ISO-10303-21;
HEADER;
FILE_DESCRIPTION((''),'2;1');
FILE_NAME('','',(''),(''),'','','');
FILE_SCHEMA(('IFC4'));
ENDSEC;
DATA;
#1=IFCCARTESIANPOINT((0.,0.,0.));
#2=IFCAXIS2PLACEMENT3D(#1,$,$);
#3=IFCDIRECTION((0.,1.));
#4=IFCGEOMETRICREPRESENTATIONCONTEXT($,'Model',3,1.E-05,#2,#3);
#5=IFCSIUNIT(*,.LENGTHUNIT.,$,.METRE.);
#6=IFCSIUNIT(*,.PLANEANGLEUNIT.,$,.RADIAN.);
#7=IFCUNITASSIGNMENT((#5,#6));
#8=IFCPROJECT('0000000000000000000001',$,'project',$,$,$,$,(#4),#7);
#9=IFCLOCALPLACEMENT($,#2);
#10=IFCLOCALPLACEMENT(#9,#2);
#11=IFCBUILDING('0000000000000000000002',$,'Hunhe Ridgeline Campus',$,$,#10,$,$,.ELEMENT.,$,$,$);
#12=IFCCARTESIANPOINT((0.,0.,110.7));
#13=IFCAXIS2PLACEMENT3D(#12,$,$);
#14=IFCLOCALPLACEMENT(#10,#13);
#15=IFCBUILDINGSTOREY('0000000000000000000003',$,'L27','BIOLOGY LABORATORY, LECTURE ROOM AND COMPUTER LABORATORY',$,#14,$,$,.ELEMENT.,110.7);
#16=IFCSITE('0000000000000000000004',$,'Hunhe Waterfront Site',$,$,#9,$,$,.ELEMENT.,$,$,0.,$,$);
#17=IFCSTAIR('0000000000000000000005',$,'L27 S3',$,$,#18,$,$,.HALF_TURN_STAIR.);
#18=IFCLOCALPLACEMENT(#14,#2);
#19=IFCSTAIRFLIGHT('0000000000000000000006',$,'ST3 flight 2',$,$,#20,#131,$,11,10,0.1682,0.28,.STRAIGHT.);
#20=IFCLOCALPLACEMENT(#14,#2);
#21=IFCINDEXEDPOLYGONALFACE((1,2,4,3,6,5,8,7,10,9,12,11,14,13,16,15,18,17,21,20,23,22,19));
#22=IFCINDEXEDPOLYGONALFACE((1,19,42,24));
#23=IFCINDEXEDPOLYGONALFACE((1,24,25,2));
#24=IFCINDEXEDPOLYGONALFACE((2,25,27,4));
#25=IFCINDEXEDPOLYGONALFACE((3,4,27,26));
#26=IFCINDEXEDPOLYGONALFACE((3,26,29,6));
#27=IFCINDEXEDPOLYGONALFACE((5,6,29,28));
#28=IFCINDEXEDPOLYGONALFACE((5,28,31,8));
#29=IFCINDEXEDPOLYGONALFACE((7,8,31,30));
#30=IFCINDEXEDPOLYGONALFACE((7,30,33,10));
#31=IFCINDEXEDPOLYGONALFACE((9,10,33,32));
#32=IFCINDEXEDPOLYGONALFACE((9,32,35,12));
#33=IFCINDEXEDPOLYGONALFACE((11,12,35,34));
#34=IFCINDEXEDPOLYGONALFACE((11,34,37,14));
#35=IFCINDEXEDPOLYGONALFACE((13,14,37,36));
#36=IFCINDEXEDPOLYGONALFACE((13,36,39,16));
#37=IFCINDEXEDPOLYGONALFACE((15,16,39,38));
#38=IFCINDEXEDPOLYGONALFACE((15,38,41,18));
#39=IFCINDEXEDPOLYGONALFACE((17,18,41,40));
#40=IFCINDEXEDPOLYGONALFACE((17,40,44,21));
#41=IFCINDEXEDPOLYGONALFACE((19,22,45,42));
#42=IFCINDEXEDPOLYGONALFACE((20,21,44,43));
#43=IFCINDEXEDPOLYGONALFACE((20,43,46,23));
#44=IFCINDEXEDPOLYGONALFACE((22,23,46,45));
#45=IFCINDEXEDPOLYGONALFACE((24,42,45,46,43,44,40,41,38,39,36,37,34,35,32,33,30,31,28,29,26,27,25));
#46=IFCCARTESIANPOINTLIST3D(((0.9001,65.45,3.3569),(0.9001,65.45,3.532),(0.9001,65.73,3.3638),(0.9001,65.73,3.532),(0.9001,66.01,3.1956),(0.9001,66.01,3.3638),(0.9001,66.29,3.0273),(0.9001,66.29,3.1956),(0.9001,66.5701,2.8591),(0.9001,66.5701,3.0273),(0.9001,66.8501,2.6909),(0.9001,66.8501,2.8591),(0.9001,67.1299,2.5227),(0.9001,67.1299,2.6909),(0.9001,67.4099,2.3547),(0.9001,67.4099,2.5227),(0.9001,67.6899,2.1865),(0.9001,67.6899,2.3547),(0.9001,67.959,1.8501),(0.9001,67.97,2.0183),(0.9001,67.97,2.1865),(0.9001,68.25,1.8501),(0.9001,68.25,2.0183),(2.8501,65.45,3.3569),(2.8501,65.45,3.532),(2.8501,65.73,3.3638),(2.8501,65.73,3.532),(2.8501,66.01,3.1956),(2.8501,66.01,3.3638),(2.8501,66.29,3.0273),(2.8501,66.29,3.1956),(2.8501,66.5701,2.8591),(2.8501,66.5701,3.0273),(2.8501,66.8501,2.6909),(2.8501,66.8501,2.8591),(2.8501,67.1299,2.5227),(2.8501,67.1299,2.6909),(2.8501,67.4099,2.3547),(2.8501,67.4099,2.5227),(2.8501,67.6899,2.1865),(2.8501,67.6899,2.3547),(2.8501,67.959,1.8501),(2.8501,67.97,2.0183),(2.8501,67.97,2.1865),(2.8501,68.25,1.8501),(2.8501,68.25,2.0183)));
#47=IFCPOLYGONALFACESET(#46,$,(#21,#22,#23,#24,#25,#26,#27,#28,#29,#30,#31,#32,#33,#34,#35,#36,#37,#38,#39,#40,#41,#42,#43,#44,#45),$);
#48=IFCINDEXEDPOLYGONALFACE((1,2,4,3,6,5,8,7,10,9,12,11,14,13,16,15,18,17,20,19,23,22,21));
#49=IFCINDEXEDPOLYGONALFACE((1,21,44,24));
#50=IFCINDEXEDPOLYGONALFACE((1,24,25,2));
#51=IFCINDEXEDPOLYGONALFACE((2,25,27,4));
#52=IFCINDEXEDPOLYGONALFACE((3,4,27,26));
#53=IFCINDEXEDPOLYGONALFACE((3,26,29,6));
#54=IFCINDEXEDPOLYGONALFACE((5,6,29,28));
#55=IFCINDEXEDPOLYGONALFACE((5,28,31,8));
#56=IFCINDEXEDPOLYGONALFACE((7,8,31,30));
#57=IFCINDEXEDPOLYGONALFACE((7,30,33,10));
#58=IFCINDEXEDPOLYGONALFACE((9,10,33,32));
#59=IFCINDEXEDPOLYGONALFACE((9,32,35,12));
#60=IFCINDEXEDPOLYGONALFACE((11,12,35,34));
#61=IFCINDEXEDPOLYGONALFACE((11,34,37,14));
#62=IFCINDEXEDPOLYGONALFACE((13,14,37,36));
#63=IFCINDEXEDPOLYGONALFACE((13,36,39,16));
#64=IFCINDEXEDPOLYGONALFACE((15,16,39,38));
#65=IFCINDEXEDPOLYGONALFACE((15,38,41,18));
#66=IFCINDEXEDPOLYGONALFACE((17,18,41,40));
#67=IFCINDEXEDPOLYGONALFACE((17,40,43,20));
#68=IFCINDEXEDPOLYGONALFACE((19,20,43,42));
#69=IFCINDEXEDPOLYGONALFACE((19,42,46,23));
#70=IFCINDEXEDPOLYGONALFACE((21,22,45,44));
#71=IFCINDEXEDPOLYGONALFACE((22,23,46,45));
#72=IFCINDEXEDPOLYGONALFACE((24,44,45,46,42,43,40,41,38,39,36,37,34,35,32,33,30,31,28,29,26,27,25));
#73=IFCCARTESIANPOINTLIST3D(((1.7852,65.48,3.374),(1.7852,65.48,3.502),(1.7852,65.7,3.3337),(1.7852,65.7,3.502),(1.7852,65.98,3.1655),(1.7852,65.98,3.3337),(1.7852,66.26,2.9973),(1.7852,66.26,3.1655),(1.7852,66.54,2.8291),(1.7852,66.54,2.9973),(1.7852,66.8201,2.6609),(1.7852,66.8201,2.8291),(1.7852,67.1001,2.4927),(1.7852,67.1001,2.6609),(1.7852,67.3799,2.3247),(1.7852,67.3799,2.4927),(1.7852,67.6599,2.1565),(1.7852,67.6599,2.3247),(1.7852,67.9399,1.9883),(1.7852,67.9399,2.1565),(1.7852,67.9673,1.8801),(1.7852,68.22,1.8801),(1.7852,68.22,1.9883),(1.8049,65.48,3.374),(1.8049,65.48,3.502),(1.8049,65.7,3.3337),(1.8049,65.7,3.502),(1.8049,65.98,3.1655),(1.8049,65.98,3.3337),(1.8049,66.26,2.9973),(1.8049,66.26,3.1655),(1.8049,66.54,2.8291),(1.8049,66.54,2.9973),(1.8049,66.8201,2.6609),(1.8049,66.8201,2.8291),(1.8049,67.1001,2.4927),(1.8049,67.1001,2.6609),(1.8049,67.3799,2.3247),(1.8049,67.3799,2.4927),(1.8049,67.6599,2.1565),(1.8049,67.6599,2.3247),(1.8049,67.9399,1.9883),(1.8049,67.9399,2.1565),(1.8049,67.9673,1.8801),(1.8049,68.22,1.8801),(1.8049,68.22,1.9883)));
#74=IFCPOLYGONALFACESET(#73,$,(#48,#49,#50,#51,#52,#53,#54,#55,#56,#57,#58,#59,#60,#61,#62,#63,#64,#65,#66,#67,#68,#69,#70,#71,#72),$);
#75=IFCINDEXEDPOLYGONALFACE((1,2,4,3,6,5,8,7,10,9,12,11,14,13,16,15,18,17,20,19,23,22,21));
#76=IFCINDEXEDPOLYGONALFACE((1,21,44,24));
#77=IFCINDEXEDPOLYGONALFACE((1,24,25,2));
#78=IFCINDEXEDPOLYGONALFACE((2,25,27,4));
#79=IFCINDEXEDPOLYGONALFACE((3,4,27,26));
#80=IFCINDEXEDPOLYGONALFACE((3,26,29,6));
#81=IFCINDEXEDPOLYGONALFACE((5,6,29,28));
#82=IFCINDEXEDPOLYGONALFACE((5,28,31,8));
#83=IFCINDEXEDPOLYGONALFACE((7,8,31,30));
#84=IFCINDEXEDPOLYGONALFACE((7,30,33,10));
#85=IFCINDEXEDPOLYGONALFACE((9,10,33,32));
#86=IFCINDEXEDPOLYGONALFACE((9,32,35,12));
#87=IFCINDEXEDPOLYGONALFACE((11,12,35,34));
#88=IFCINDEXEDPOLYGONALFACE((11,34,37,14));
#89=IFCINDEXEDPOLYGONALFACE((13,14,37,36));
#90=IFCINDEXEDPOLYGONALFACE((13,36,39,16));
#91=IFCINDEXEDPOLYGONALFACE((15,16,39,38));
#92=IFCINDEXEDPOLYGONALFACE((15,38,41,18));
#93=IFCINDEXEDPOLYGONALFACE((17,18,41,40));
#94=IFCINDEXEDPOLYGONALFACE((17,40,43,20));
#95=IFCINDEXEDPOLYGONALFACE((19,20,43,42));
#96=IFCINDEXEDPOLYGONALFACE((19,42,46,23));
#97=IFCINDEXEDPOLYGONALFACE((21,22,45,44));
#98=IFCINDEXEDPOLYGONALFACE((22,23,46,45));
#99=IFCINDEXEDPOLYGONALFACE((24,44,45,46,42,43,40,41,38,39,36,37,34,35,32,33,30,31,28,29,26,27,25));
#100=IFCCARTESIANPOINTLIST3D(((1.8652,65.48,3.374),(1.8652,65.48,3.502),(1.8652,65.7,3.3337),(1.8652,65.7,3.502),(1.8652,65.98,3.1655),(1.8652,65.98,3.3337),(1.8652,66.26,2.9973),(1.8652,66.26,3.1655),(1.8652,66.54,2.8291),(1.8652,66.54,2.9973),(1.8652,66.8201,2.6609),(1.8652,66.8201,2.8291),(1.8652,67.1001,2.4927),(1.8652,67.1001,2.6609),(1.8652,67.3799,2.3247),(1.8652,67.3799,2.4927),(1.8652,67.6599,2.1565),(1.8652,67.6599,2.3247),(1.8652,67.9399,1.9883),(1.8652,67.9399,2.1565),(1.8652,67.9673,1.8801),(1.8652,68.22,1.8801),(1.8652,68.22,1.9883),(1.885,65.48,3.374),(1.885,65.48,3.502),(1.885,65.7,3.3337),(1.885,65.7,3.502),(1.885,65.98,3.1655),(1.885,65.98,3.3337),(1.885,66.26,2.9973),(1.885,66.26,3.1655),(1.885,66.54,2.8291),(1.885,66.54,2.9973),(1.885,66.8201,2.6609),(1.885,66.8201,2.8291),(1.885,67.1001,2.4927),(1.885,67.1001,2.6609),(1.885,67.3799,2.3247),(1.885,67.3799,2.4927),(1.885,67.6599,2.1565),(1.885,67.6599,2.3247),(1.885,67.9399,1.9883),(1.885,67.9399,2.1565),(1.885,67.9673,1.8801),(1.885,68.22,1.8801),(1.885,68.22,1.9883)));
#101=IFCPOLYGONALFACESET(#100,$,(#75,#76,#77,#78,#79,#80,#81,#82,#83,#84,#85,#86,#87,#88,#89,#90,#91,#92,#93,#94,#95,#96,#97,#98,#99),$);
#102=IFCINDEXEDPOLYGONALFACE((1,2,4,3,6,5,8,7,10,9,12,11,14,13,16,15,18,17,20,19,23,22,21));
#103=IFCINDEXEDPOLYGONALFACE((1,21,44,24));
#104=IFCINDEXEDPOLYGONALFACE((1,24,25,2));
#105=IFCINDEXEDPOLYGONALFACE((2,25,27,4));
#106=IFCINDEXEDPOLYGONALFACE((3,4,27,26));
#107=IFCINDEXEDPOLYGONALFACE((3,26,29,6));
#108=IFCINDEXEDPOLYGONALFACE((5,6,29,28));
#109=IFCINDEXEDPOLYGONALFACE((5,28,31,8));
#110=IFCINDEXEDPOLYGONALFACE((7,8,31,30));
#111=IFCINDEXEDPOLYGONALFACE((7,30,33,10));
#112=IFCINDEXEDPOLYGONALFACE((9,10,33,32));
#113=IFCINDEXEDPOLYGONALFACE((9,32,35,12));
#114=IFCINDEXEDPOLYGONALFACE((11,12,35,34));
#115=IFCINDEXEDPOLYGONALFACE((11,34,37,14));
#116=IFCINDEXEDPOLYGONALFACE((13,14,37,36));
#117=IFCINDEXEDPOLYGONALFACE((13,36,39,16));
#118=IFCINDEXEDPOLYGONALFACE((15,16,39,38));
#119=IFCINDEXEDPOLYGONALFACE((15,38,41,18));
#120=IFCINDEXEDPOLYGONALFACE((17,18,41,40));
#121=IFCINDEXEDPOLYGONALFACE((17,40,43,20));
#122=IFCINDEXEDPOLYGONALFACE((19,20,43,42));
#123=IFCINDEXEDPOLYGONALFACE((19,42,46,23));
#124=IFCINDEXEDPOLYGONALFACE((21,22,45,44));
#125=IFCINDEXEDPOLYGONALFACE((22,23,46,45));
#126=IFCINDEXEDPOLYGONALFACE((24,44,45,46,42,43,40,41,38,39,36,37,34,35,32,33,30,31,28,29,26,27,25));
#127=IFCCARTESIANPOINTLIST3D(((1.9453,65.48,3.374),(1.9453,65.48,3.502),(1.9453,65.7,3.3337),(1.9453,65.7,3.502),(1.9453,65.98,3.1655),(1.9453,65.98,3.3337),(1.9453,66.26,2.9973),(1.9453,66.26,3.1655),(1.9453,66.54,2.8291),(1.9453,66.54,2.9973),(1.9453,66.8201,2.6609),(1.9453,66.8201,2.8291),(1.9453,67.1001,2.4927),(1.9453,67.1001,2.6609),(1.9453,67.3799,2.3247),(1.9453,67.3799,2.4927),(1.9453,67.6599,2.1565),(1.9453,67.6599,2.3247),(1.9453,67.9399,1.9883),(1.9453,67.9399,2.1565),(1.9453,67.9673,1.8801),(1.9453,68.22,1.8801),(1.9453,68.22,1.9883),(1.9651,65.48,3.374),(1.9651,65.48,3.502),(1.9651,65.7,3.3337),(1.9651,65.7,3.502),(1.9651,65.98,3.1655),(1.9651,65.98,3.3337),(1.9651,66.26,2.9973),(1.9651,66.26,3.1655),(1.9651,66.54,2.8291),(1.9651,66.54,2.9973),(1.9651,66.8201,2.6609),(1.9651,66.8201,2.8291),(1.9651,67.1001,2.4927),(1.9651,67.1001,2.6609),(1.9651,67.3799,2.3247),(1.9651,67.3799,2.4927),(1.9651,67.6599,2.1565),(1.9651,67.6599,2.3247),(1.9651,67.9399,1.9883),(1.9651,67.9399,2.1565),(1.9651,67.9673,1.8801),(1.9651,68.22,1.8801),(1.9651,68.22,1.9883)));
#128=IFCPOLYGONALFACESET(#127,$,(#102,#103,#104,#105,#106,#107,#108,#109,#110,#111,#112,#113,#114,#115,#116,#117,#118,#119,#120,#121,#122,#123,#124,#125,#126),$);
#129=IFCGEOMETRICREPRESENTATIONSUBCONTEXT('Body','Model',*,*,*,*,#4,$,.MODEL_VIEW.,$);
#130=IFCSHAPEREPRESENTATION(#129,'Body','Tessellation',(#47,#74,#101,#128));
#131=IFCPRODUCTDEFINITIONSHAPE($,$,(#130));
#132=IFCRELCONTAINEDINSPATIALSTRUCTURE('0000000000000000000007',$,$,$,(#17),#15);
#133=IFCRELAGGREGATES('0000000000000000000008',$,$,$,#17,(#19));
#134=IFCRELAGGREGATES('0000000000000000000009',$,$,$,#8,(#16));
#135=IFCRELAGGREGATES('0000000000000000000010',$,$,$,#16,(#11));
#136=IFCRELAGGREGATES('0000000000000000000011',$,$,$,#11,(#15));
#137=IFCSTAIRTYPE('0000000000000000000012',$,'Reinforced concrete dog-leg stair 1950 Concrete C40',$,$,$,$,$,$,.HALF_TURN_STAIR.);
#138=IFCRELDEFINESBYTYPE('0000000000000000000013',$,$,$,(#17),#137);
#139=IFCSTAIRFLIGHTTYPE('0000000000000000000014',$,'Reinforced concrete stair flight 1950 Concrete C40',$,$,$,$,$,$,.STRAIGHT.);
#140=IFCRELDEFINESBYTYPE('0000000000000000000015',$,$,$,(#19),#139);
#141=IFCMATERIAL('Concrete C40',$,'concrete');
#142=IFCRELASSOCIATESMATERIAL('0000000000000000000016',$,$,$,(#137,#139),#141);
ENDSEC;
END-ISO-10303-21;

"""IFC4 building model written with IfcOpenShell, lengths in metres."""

from ifc_helpers import new_model, si_unit, direction, frame, origin, place, context, subcontext, project, spatial, polyline, outline, extrude, material, type_object, element, aggregate, save


model = new_model("IFC4")

# Units and contexts
model_context = context("Model", 3, precision=1e-05, world=origin(), true_north=direction((0.0, 1.0)))
body_context = subcontext(model_context, "Body", "Model", "MODEL_VIEW")
ifc_project = project(units=[si_unit("LENGTHUNIT", "METRE"), si_unit("PLANEANGLEUNIT", "RADIAN")], contexts=[model_context])

# Site, building, storey
site_placement = place(None, origin())
site = spatial("IfcSite", under=ifc_project, at=site_placement, Name="Hunhe Waterfront Site", CompositionType="ELEMENT", RefElevation=0.0)
building_placement = place(site_placement, origin())
building = spatial("IfcBuilding", under=site, at=building_placement, Name="Hunhe Ridgeline Campus", CompositionType="ELEMENT")
storey_placement = place(building_placement, frame((0.0, 0.0, 110.7)))
storey = spatial("IfcBuildingStorey", under=building, at=storey_placement, Name="L27", Description="BIOLOGY LABORATORY, LECTURE ROOM AND COMPUTER LABORATORY", CompositionType="ELEMENT", Elevation=110.7)

# Stair, stair flight
ifc_material_1 = material(Name="Concrete C40", Category="concrete")
stair_type = type_object("IfcStairType", Name="Reinforced concrete dog-leg stair 1950 Concrete C40", PredefinedType="HALF_TURN_STAIR", material=ifc_material_1)
stair_1_placement = place(storey_placement, origin())
stair_1 = element("IfcStair", 1, at=stair_1_placement, inside=storey, type_object=stair_type, Name="L27 S3", PredefinedType="HALF_TURN_STAIR")
stair_flight_type = type_object("IfcStairFlightType", Name="Reinforced concrete stair flight 1950 Concrete C40", PredefinedType="STRAIGHT", material=ifc_material_1)
stair_flight_1_placement = place(storey_placement, frame((1.875, 68.25, 1.8501), z_axis=(0.0, 0.0, 1.0), x_axis=(0.0, -1.0, 0.0)))
stair_flight_1 = element("IfcStairFlight", 2, at=stair_flight_1_placement, type_object=stair_flight_type, Name="ST3 flight 2", NumberOfRisers=11, NumberOfTreads=10, PredefinedType="STRAIGHT", RiserHeight=0.1682, TreadLength=0.28, context=body_context, shape_type="SweptSolid", body=[
    extrude(outline(polyline([(0.0, 0.0), (0.0, 0.1682), (0.28, 0.1682), (0.28, 0.3364), (0.5601, 0.3364), (0.5601, 0.5046), (0.8401, 0.5046), (0.8401, 0.6726), (1.1201, 0.6726), (1.1201, 0.8408), (1.3999, 0.8408), (1.3999, 1.009), (1.6799, 1.009), (1.6799, 1.1772), (1.96, 1.1772), (1.96, 1.3455), (2.24, 1.3455), (2.24, 1.5137), (2.52, 1.5137), (2.52, 1.6819), (2.8, 1.6819), (2.8, 1.8501), (2.8, 1.5068), (0.291, 0.0), (0.0, 0.0)])), frame((0.0, 0.9751, 0.0), z_axis=(0.0, -1.0, 0.0), x_axis=(1.0, 0.0, 0.0)), (0.0, 0.0, 1.0), 1.95),
    extrude(outline(polyline([(0.03, 0.03), (0.03, 0.1382), (0.3101, 0.1382), (0.3101, 0.3064), (0.5901, 0.3064), (0.5901, 0.4746), (0.8701, 0.4746), (0.8701, 0.6426), (1.1499, 0.6426), (1.1499, 0.8108), (1.4299, 0.8108), (1.4299, 0.979), (1.71, 0.979), (1.71, 1.1472), (1.99, 1.1472), (1.99, 1.3154), (2.27, 1.3154), (2.27, 1.4836), (2.55, 1.4836), (2.55, 1.6519), (2.77, 1.6519), (2.77, 1.5239), (0.2827, 0.03), (0.03, 0.03)])), frame((0.0, -0.0701, 0.0), z_axis=(0.0, -1.0, 0.0), x_axis=(1.0, 0.0, 0.0)), (0.0, 0.0, 1.0), 0.0198),
    extrude(outline(polyline([(0.03, 0.03), (0.03, 0.1382), (0.3101, 0.1382), (0.3101, 0.3064), (0.5901, 0.3064), (0.5901, 0.4746), (0.8701, 0.4746), (0.8701, 0.6426), (1.1499, 0.6426), (1.1499, 0.8108), (1.4299, 0.8108), (1.4299, 0.979), (1.71, 0.979), (1.71, 1.1472), (1.99, 1.1472), (1.99, 1.3154), (2.27, 1.3154), (2.27, 1.4836), (2.55, 1.4836), (2.55, 1.6519), (2.77, 1.6519), (2.77, 1.5239), (0.2827, 0.03), (0.03, 0.03)])), frame((0.0, 0.01, 0.0), z_axis=(0.0, -1.0, 0.0), x_axis=(1.0, 0.0, 0.0)), (0.0, 0.0, 1.0), 0.0198),
    extrude(outline(polyline([(0.03, 0.03), (0.03, 0.1382), (0.3101, 0.1382), (0.3101, 0.3064), (0.5901, 0.3064), (0.5901, 0.4746), (0.8701, 0.4746), (0.8701, 0.6426), (1.1499, 0.6426), (1.1499, 0.8108), (1.4299, 0.8108), (1.4299, 0.979), (1.71, 0.979), (1.71, 1.1472), (1.99, 1.1472), (1.99, 1.3154), (2.27, 1.3154), (2.27, 1.4836), (2.55, 1.4836), (2.55, 1.6519), (2.77, 1.6519), (2.77, 1.5239), (0.2827, 0.03), (0.03, 0.03)])), frame((0.0, 0.0901, 0.0), z_axis=(0.0, -1.0, 0.0), x_axis=(1.0, 0.0, 0.0)), (0.0, 0.0, 1.0), 0.0198),
])
aggregate(stair_1, [stair_flight_1])

save(model, "model.ifc")
